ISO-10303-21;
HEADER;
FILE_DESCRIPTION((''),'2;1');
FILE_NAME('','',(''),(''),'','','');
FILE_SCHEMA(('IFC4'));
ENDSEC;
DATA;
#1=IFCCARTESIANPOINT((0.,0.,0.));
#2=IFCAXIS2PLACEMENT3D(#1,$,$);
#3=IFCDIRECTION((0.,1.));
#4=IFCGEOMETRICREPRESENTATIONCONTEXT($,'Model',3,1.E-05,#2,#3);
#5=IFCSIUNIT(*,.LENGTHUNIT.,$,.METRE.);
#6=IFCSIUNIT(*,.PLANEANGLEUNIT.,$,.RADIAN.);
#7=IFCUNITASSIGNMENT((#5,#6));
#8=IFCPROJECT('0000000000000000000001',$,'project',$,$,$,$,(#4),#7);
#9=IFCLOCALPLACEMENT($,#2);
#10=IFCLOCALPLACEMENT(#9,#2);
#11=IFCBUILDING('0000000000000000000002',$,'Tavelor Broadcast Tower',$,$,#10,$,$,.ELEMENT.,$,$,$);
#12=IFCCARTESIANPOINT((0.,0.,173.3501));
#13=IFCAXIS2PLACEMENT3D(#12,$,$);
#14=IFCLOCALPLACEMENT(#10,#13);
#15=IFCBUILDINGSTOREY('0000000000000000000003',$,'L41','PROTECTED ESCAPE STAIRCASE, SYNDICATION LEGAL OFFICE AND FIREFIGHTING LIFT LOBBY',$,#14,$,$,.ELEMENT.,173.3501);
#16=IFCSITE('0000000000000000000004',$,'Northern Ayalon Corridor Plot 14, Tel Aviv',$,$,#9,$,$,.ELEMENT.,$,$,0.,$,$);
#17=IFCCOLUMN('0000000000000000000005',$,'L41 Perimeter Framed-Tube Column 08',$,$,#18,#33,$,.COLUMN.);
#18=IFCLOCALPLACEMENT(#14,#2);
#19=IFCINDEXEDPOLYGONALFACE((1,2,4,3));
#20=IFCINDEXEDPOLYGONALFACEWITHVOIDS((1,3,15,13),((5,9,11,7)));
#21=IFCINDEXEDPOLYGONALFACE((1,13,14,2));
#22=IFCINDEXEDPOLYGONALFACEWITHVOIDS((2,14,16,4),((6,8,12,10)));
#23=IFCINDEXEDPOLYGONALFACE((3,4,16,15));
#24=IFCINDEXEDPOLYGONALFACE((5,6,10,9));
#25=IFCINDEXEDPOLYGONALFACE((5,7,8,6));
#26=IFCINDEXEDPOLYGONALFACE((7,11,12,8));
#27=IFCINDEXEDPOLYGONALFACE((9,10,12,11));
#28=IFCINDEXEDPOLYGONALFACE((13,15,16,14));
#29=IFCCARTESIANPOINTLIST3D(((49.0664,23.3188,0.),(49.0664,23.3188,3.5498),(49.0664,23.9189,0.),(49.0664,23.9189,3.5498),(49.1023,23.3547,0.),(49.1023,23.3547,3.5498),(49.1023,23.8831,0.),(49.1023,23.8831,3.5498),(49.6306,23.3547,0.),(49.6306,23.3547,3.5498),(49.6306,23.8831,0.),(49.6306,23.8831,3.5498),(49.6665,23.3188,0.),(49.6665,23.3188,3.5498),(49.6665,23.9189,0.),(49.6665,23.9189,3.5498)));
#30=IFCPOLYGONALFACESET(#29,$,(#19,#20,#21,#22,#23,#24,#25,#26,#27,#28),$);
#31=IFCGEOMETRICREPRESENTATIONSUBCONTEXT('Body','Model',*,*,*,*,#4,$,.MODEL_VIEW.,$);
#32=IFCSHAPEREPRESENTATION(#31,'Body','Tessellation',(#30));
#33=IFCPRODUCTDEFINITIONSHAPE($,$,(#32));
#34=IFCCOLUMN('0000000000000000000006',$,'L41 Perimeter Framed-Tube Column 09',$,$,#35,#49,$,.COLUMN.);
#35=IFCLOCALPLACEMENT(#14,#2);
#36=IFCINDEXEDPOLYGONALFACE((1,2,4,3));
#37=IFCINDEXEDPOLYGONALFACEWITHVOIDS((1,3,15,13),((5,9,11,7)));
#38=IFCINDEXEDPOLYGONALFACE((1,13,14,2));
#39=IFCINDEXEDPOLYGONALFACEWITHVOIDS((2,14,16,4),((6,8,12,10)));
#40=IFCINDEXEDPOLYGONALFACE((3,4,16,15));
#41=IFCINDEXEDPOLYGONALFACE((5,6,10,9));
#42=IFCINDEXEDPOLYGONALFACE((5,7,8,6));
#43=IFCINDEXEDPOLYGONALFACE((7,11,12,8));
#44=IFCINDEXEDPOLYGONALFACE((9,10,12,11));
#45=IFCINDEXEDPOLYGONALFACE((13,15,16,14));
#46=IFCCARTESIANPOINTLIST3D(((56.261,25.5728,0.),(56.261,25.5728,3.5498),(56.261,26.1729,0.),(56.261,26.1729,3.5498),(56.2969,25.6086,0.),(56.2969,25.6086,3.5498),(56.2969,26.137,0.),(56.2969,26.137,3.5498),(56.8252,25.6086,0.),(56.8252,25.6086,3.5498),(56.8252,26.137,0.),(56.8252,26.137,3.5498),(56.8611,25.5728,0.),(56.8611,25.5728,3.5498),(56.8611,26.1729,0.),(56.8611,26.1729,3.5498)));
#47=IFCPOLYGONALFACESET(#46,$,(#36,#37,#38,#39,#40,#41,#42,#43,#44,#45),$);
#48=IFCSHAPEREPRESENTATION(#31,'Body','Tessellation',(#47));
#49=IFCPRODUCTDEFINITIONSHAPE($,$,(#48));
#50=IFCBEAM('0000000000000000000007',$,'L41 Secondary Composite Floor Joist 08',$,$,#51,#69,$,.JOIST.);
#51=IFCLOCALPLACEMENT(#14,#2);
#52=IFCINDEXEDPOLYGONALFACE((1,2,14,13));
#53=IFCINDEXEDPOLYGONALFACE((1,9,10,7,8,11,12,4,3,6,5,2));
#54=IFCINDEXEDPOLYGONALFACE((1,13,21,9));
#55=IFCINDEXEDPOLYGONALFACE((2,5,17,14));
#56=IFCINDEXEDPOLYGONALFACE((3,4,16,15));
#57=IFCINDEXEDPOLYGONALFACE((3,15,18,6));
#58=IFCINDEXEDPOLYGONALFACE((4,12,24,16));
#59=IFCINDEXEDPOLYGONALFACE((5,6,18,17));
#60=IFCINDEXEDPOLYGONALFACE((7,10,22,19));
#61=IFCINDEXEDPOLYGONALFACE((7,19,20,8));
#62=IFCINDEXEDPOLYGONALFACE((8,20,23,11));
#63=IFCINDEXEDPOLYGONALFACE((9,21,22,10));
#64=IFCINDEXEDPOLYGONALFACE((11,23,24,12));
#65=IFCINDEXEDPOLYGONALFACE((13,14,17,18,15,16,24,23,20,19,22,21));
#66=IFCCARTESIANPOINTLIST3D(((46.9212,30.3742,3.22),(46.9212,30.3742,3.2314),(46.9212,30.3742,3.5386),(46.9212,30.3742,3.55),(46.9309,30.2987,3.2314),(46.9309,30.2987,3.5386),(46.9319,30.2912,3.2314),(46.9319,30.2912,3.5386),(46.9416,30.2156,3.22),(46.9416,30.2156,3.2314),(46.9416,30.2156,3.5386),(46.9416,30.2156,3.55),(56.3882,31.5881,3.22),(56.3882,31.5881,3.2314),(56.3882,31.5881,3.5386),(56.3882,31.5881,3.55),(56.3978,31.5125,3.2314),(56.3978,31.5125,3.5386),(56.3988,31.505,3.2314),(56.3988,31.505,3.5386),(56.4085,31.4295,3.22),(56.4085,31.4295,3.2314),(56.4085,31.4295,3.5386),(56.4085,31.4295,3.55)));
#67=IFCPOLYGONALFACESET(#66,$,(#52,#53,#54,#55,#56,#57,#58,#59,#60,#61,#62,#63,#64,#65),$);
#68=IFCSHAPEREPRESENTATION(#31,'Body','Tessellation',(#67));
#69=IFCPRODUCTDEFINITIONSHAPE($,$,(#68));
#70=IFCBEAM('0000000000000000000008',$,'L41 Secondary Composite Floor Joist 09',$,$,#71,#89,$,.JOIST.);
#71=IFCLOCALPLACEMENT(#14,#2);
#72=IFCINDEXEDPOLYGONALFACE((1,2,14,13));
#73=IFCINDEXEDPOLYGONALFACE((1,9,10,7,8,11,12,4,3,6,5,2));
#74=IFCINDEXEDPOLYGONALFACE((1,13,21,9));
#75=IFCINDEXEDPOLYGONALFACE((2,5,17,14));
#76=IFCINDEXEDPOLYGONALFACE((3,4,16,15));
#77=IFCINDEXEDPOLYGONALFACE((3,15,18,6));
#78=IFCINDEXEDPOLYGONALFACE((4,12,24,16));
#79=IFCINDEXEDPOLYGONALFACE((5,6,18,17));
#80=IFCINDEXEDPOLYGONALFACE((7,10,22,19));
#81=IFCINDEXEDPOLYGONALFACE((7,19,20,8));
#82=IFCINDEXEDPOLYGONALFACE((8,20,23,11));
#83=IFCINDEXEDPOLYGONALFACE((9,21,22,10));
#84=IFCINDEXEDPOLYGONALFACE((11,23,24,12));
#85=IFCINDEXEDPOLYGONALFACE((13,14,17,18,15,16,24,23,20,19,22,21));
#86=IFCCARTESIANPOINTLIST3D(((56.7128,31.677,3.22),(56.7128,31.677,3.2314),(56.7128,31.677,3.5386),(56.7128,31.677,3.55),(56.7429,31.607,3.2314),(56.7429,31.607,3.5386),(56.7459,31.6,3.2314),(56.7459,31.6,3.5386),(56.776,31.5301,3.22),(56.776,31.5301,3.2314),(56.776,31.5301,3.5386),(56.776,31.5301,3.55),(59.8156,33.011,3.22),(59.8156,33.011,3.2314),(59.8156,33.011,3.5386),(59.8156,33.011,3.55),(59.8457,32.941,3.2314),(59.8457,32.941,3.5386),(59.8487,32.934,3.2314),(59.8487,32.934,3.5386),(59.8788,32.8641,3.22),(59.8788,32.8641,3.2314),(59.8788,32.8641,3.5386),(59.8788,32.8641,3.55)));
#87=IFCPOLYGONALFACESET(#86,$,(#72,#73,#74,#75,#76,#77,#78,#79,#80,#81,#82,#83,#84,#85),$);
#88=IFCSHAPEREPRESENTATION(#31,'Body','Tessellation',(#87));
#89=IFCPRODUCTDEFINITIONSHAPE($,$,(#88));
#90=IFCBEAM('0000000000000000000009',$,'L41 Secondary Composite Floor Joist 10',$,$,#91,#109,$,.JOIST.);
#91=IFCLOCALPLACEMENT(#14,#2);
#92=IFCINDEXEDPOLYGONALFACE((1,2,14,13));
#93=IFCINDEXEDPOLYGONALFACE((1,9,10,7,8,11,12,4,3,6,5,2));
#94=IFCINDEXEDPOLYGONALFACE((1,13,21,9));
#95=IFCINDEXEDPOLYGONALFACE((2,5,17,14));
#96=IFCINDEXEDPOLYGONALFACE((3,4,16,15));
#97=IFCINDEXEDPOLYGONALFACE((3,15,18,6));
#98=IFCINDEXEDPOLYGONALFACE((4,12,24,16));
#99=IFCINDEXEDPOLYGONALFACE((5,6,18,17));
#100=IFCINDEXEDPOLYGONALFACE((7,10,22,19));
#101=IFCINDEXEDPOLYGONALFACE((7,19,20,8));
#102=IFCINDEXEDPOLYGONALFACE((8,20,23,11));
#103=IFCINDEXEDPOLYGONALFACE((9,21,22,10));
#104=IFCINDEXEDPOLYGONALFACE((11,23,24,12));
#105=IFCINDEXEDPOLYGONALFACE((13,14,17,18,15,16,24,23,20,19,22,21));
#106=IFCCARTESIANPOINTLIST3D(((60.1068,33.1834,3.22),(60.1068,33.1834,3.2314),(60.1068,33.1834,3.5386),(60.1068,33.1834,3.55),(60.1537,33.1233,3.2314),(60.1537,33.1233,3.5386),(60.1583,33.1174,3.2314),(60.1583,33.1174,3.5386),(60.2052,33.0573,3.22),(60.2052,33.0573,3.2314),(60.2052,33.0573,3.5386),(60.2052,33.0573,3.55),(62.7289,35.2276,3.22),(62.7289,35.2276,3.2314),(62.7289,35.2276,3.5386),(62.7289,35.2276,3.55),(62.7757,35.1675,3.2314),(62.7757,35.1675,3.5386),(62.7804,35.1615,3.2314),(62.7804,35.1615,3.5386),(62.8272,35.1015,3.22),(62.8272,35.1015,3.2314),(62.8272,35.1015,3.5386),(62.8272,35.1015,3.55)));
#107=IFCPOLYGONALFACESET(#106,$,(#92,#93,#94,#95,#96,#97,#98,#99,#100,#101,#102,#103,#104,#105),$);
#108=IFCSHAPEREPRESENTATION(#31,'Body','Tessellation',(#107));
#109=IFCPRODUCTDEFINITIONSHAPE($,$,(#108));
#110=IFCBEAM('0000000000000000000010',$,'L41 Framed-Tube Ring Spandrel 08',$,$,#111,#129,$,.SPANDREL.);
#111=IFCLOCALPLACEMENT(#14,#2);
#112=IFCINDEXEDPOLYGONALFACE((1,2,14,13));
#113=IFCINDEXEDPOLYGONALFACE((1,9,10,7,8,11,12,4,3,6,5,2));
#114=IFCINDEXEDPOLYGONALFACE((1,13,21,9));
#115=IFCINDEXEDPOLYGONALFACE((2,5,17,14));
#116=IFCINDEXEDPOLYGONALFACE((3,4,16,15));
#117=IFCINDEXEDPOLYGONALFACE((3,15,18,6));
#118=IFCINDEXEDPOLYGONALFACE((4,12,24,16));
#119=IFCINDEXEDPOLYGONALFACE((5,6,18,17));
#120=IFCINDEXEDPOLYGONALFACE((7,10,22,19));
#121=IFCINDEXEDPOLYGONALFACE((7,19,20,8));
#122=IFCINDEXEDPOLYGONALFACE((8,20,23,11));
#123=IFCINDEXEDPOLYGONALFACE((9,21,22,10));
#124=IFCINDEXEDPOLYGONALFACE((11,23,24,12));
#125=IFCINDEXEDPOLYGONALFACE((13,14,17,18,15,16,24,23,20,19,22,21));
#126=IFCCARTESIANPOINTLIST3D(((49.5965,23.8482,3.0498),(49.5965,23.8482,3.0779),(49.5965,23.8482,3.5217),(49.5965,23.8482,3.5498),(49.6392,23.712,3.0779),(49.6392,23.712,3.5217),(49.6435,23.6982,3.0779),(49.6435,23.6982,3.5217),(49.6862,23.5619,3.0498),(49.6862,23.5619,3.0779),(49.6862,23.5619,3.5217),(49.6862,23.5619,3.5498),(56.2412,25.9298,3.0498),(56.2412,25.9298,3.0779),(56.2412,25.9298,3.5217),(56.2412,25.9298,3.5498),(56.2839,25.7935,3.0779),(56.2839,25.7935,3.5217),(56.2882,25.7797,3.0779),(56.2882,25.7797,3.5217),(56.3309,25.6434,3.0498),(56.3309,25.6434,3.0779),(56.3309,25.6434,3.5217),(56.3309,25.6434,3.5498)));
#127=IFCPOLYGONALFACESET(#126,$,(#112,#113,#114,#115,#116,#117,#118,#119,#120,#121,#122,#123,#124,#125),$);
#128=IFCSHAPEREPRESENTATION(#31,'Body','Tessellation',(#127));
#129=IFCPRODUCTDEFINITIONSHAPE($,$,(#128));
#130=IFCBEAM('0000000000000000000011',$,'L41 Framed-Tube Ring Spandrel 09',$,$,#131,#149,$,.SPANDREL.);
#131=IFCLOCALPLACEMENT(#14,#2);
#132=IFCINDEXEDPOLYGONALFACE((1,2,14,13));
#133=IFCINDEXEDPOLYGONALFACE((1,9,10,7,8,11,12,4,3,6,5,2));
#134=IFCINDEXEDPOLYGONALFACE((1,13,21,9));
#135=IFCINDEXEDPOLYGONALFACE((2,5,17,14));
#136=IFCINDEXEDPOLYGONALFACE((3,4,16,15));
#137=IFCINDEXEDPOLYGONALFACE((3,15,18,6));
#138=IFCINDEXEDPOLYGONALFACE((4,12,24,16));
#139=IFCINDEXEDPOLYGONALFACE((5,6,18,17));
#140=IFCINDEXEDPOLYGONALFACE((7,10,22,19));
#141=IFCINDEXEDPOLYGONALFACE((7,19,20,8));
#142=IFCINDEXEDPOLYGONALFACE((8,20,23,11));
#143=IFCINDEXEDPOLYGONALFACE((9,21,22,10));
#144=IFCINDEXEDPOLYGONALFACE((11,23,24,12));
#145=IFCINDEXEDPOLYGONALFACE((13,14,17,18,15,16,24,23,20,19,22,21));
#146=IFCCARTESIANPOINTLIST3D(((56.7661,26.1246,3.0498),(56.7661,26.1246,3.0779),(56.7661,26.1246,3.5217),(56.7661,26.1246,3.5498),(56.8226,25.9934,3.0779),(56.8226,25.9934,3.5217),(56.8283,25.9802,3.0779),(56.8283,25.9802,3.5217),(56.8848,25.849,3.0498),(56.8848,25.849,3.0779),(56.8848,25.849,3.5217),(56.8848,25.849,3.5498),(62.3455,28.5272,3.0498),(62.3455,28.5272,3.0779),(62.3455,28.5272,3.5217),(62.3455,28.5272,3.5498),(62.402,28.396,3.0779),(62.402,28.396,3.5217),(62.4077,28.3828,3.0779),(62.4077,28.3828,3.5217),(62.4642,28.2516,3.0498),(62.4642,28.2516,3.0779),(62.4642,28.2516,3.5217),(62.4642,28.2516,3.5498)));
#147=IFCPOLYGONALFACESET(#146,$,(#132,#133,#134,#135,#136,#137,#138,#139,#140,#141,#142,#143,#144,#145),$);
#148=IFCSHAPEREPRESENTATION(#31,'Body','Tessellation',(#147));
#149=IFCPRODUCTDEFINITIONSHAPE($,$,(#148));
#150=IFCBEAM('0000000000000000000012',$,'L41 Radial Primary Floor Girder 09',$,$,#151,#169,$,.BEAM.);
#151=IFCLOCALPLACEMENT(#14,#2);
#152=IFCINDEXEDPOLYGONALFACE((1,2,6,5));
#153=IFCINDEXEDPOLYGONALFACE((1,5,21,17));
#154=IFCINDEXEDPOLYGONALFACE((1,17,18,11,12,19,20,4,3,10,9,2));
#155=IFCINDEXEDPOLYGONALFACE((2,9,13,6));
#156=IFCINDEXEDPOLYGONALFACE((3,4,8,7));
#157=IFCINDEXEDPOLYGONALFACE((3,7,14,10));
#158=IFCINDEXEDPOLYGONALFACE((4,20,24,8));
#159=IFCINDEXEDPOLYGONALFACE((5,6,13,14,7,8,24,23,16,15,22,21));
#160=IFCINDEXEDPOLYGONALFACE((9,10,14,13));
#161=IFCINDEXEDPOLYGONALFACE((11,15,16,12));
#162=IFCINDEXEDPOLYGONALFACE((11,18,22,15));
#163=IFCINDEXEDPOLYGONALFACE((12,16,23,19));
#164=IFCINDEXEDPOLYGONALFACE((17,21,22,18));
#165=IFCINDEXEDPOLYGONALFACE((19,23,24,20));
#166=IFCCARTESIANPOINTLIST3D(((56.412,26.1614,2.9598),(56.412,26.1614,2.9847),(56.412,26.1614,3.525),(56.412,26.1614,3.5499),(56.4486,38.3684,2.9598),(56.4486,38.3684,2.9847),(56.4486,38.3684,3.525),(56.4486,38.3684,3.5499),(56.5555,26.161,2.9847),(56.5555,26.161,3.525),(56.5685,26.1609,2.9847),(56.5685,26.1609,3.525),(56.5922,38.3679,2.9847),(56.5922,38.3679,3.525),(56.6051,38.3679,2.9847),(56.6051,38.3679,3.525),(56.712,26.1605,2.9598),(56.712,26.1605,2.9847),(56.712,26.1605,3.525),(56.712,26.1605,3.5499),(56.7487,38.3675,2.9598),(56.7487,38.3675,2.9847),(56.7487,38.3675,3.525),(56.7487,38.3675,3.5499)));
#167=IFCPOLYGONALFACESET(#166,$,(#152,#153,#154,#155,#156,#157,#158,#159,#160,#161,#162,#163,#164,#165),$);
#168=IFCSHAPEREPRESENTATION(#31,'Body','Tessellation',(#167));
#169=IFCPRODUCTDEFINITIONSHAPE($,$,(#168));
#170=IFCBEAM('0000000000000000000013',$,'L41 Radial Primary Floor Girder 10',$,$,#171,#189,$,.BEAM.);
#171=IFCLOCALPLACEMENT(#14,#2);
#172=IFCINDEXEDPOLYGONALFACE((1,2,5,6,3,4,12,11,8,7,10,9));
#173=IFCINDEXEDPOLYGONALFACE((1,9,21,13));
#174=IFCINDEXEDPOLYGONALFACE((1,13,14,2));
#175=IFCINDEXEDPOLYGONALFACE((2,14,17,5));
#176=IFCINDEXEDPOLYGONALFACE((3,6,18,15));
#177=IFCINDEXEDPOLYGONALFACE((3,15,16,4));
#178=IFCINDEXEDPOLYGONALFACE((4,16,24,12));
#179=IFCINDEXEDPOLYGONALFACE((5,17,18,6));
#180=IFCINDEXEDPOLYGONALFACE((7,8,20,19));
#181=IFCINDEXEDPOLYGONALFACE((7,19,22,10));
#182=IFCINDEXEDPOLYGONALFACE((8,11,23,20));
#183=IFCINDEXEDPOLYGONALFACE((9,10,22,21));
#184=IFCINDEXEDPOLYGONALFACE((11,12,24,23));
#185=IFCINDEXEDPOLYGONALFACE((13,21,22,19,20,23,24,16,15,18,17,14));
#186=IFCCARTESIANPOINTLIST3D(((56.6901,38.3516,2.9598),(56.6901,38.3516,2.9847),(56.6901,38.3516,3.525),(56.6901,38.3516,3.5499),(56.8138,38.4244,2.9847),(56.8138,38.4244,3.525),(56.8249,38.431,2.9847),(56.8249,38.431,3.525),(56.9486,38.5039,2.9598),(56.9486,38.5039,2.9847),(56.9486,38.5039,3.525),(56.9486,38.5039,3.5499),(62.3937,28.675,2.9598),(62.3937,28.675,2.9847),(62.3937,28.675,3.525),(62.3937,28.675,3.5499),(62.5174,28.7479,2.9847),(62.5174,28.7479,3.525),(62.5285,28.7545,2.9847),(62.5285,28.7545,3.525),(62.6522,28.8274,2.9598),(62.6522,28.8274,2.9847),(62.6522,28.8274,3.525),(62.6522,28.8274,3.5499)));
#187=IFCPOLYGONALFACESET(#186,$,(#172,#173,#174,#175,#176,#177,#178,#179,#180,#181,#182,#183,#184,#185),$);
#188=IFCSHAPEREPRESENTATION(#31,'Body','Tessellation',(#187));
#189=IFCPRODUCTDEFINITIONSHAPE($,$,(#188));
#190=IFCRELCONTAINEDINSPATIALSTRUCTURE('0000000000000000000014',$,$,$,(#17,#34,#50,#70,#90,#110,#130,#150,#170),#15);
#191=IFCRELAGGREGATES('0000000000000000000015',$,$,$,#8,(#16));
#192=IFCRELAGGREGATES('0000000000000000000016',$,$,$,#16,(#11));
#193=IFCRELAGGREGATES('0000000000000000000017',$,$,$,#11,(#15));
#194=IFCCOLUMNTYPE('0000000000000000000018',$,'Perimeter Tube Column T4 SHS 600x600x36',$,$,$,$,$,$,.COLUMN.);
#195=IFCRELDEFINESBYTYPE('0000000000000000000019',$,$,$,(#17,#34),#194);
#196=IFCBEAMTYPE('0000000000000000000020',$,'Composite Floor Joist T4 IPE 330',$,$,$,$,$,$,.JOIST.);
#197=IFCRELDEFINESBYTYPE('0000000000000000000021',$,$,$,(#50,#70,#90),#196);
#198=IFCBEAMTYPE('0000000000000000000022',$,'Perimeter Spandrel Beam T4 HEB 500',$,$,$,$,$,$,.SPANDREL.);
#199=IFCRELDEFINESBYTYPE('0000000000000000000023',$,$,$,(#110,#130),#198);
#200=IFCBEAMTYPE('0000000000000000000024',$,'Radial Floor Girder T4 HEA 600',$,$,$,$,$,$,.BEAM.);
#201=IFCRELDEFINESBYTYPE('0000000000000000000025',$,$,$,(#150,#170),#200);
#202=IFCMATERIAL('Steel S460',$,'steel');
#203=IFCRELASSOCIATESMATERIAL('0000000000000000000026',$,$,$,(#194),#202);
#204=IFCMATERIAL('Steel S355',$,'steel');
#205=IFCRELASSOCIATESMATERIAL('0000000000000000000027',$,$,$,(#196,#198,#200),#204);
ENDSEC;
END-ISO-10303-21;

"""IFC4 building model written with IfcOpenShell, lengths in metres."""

from ifc_helpers import new_model, si_unit, direction, frame, origin, origin_2d, place, context, subcontext, project, spatial, hollow_rectangle, i_section, extrude, material, material_profile, profile_set, type_object, element, save


model = new_model("IFC4")

# Units and contexts
model_context = context("Model", 3, precision=1e-05, world=origin(), true_north=direction((0.0, 1.0)))
body_context = subcontext(model_context, "Body", "Model", "MODEL_VIEW")
ifc_project = project(units=[si_unit("LENGTHUNIT", "METRE"), si_unit("PLANEANGLEUNIT", "RADIAN")], contexts=[model_context])

# Site, building, storey
site_placement = place(None, origin())
site = spatial("IfcSite", under=ifc_project, at=site_placement, Name="Northern Ayalon Corridor Plot 14, Tel Aviv", CompositionType="ELEMENT", RefElevation=0.0)
building_placement = place(site_placement, origin())
building = spatial("IfcBuilding", under=site, at=building_placement, Name="Tavelor Broadcast Tower", CompositionType="ELEMENT")
storey_placement = place(building_placement, frame((0.0, 0.0, 173.3501)))
storey = spatial("IfcBuildingStorey", under=building, at=storey_placement, Name="L41", Description="PROTECTED ESCAPE STAIRCASE, SYNDICATION LEGAL OFFICE AND FIREFIGHTING LIFT LOBBY", CompositionType="ELEMENT", Elevation=173.3501)

# Columns
ifc_material_1 = material(Name="Steel S460", Category="steel")
ifc_material_profile_1 = material_profile(ifc_material_1, hollow_rectangle(XDim=0.6001, YDim=0.6001, WallThickness=0.0359, at=origin_2d()), Name="SHS 600x600x36")
ifc_profile_set_1 = profile_set([ifc_material_profile_1], Name="Steel S460")
column_type = type_object("IfcColumnType", Name="Perimeter Tube Column T4 SHS 600x600x36", PredefinedType="COLUMN", material=ifc_profile_set_1)
for number, where, z_axis, x_axis, name in (
    (1, (49.3665, 23.6189, 0.0), (0.0, 0.0, 1.0), (1.0, 0.0, 0.0), "L41 Perimeter Framed-Tube Column 08"),
    (2, (56.561, 25.8728, 0.0), (0.0, 0.0, 1.0), (1.0, 0.0, 0.0), "L41 Perimeter Framed-Tube Column 09"),
):
    element("IfcColumn", number, at=place(storey_placement, frame(where, z_axis=z_axis, x_axis=x_axis)), inside=storey, type_object=column_type, Name=name, PredefinedType="COLUMN", context=body_context, shape_type="SweptSolid", body=[
        extrude(hollow_rectangle(XDim=0.6001, YDim=0.6001, WallThickness=0.0359, at=origin_2d()), origin(), (0.0, 0.0, 1.0), 3.5498),
    ])

# Beams
ifc_material_2 = material(Name="Steel S355", Category="steel")
ifc_material_profile_2 = material_profile(ifc_material_2, i_section(OverallWidth=0.1599, OverallDepth=0.3301, WebThickness=0.0076, FlangeThickness=0.0115, at=origin_2d()), Name="IPE 330")
ifc_profile_set_2 = profile_set([ifc_material_profile_2], Name="Steel S355")
beam_type_1 = type_object("IfcBeamType", Name="Composite Floor Joist T4 IPE 330", PredefinedType="JOIST", material=ifc_profile_set_2)
beam_1_placement = place(storey_placement, frame((46.9314, 30.2949, 3.385), z_axis=(0.99188, 0.127179, 0.0), x_axis=(-0.127179, 0.99188, 0.0)))
element("IfcBeam", 3, at=beam_1_placement, inside=storey, type_object=beam_type_1, Name="L41 Secondary Composite Floor Joist 08", PredefinedType="JOIST", context=body_context, shape_type="SweptSolid", body=[
    extrude(i_section(OverallWidth=0.1599, OverallDepth=0.3301, WebThickness=0.0076, FlangeThickness=0.0115, at=origin_2d()), origin(), (0.0, 0.0, 1.0), 9.5444),
])
beam_2_placement = place(storey_placement, frame((56.7444, 31.6035, 3.385), z_axis=(0.918692, 0.394975, 0.0), x_axis=(-0.394975, 0.918692, 0.0)))
element("IfcBeam", 4, at=beam_2_placement, inside=storey, type_object=beam_type_1, Name="L41 Secondary Composite Floor Joist 09", PredefinedType="JOIST", context=body_context, shape_type="SweptSolid", body=[
    extrude(i_section(OverallWidth=0.1599, OverallDepth=0.3301, WebThickness=0.0076, FlangeThickness=0.0115, at=origin_2d()), origin(), (0.0, 0.0, 1.0), 3.3774),
])
beam_3_placement = place(storey_placement, frame((60.156, 33.1204, 3.385), z_axis=(0.788652, 0.61484, 0.0), x_axis=(-0.61484, 0.788652, 0.0)))
element("IfcBeam", 5, at=beam_3_placement, inside=storey, type_object=beam_type_1, Name="L41 Secondary Composite Floor Joist 10", PredefinedType="JOIST", context=body_context, shape_type="SweptSolid", body=[
    extrude(i_section(OverallWidth=0.1599, OverallDepth=0.3301, WebThickness=0.0076, FlangeThickness=0.0115, at=origin_2d()), origin(), (0.0, 0.0, 1.0), 3.3247),
])
ifc_material_profile_3 = material_profile(ifc_material_2, i_section(OverallWidth=0.3, OverallDepth=0.5, WebThickness=0.0144, FlangeThickness=0.0281, at=origin_2d()), Name="HEB 500")
ifc_profile_set_3 = profile_set([ifc_material_profile_3], Name="Steel S355")
beam_type_2 = type_object("IfcBeamType", Name="Perimeter Spandrel Beam T4 HEB 500", PredefinedType="SPANDREL", material=ifc_profile_set_3)
beam_4_placement = place(storey_placement, frame((49.6414, 23.7051, 3.2998), z_axis=(0.954273, 0.298936, 0.0), x_axis=(-0.298936, 0.954273, 0.0)))
element("IfcBeam", 6, at=beam_4_placement, inside=storey, type_object=beam_type_2, Name="L41 Framed-Tube Ring Spandrel 08", PredefinedType="SPANDREL", context=body_context, shape_type="SweptSolid", body=[
    extrude(i_section(OverallWidth=0.3, OverallDepth=0.5, WebThickness=0.0144, FlangeThickness=0.0281, at=origin_2d()), origin(), (0.0, 0.0, 1.0), 6.9631),
])
beam_5_placement = place(storey_placement, frame((56.8254, 25.9868, 3.2998), z_axis=(0.918462, 0.39551, 0.0), x_axis=(-0.39551, 0.918462, 0.0)))
element("IfcBeam", 7, at=beam_5_placement, inside=storey, type_object=beam_type_2, Name="L41 Framed-Tube Ring Spandrel 09", PredefinedType="SPANDREL", context=body_context, shape_type="SweptSolid", body=[
    extrude(i_section(OverallWidth=0.3, OverallDepth=0.5, WebThickness=0.0144, FlangeThickness=0.0281, at=origin_2d()), origin(), (0.0, 0.0, 1.0), 6.0747),
])
ifc_material_profile_4 = material_profile(ifc_material_2, i_section(OverallWidth=0.3, OverallDepth=0.5901, WebThickness=0.0129, FlangeThickness=0.0249, at=origin_2d()), Name="HEA 600")
ifc_profile_set_4 = profile_set([ifc_material_profile_4], Name="Steel S355")
beam_type_3 = type_object("IfcBeamType", Name="Radial Floor Girder T4 HEA 600", PredefinedType="BEAM", material=ifc_profile_set_4)
beam_6_placement = place(storey_placement, frame((56.5986, 38.3679, 3.2549), z_axis=(-0.003, -0.999996, 0.0), x_axis=(0.999996, -0.003, 0.0)))
element("IfcBeam", 8, at=beam_6_placement, inside=storey, type_object=beam_type_3, Name="L41 Radial Primary Floor Girder 09", PredefinedType="BEAM", context=body_context, shape_type="SweptSolid", body=[
    extrude(i_section(OverallWidth=0.3, OverallDepth=0.5901, WebThickness=0.0129, FlangeThickness=0.0249, at=origin_2d()), origin(), (0.0, 0.0, 1.0), 12.207),
])
beam_7_placement = place(storey_placement, frame((56.8193, 38.4277, 3.2549), z_axis=(0.507784, -0.861485, 0.0), x_axis=(0.861485, 0.507784, 0.0)))
element("IfcBeam", 9, at=beam_7_placement, inside=storey, type_object=beam_type_3, Name="L41 Radial Primary Floor Girder 10", PredefinedType="BEAM", context=body_context, shape_type="SweptSolid", body=[
    extrude(i_section(OverallWidth=0.3, OverallDepth=0.5901, WebThickness=0.0129, FlangeThickness=0.0249, at=origin_2d()), origin(), (0.0, 0.0, 1.0), 11.2324),
])

save(model, "model.ifc")
